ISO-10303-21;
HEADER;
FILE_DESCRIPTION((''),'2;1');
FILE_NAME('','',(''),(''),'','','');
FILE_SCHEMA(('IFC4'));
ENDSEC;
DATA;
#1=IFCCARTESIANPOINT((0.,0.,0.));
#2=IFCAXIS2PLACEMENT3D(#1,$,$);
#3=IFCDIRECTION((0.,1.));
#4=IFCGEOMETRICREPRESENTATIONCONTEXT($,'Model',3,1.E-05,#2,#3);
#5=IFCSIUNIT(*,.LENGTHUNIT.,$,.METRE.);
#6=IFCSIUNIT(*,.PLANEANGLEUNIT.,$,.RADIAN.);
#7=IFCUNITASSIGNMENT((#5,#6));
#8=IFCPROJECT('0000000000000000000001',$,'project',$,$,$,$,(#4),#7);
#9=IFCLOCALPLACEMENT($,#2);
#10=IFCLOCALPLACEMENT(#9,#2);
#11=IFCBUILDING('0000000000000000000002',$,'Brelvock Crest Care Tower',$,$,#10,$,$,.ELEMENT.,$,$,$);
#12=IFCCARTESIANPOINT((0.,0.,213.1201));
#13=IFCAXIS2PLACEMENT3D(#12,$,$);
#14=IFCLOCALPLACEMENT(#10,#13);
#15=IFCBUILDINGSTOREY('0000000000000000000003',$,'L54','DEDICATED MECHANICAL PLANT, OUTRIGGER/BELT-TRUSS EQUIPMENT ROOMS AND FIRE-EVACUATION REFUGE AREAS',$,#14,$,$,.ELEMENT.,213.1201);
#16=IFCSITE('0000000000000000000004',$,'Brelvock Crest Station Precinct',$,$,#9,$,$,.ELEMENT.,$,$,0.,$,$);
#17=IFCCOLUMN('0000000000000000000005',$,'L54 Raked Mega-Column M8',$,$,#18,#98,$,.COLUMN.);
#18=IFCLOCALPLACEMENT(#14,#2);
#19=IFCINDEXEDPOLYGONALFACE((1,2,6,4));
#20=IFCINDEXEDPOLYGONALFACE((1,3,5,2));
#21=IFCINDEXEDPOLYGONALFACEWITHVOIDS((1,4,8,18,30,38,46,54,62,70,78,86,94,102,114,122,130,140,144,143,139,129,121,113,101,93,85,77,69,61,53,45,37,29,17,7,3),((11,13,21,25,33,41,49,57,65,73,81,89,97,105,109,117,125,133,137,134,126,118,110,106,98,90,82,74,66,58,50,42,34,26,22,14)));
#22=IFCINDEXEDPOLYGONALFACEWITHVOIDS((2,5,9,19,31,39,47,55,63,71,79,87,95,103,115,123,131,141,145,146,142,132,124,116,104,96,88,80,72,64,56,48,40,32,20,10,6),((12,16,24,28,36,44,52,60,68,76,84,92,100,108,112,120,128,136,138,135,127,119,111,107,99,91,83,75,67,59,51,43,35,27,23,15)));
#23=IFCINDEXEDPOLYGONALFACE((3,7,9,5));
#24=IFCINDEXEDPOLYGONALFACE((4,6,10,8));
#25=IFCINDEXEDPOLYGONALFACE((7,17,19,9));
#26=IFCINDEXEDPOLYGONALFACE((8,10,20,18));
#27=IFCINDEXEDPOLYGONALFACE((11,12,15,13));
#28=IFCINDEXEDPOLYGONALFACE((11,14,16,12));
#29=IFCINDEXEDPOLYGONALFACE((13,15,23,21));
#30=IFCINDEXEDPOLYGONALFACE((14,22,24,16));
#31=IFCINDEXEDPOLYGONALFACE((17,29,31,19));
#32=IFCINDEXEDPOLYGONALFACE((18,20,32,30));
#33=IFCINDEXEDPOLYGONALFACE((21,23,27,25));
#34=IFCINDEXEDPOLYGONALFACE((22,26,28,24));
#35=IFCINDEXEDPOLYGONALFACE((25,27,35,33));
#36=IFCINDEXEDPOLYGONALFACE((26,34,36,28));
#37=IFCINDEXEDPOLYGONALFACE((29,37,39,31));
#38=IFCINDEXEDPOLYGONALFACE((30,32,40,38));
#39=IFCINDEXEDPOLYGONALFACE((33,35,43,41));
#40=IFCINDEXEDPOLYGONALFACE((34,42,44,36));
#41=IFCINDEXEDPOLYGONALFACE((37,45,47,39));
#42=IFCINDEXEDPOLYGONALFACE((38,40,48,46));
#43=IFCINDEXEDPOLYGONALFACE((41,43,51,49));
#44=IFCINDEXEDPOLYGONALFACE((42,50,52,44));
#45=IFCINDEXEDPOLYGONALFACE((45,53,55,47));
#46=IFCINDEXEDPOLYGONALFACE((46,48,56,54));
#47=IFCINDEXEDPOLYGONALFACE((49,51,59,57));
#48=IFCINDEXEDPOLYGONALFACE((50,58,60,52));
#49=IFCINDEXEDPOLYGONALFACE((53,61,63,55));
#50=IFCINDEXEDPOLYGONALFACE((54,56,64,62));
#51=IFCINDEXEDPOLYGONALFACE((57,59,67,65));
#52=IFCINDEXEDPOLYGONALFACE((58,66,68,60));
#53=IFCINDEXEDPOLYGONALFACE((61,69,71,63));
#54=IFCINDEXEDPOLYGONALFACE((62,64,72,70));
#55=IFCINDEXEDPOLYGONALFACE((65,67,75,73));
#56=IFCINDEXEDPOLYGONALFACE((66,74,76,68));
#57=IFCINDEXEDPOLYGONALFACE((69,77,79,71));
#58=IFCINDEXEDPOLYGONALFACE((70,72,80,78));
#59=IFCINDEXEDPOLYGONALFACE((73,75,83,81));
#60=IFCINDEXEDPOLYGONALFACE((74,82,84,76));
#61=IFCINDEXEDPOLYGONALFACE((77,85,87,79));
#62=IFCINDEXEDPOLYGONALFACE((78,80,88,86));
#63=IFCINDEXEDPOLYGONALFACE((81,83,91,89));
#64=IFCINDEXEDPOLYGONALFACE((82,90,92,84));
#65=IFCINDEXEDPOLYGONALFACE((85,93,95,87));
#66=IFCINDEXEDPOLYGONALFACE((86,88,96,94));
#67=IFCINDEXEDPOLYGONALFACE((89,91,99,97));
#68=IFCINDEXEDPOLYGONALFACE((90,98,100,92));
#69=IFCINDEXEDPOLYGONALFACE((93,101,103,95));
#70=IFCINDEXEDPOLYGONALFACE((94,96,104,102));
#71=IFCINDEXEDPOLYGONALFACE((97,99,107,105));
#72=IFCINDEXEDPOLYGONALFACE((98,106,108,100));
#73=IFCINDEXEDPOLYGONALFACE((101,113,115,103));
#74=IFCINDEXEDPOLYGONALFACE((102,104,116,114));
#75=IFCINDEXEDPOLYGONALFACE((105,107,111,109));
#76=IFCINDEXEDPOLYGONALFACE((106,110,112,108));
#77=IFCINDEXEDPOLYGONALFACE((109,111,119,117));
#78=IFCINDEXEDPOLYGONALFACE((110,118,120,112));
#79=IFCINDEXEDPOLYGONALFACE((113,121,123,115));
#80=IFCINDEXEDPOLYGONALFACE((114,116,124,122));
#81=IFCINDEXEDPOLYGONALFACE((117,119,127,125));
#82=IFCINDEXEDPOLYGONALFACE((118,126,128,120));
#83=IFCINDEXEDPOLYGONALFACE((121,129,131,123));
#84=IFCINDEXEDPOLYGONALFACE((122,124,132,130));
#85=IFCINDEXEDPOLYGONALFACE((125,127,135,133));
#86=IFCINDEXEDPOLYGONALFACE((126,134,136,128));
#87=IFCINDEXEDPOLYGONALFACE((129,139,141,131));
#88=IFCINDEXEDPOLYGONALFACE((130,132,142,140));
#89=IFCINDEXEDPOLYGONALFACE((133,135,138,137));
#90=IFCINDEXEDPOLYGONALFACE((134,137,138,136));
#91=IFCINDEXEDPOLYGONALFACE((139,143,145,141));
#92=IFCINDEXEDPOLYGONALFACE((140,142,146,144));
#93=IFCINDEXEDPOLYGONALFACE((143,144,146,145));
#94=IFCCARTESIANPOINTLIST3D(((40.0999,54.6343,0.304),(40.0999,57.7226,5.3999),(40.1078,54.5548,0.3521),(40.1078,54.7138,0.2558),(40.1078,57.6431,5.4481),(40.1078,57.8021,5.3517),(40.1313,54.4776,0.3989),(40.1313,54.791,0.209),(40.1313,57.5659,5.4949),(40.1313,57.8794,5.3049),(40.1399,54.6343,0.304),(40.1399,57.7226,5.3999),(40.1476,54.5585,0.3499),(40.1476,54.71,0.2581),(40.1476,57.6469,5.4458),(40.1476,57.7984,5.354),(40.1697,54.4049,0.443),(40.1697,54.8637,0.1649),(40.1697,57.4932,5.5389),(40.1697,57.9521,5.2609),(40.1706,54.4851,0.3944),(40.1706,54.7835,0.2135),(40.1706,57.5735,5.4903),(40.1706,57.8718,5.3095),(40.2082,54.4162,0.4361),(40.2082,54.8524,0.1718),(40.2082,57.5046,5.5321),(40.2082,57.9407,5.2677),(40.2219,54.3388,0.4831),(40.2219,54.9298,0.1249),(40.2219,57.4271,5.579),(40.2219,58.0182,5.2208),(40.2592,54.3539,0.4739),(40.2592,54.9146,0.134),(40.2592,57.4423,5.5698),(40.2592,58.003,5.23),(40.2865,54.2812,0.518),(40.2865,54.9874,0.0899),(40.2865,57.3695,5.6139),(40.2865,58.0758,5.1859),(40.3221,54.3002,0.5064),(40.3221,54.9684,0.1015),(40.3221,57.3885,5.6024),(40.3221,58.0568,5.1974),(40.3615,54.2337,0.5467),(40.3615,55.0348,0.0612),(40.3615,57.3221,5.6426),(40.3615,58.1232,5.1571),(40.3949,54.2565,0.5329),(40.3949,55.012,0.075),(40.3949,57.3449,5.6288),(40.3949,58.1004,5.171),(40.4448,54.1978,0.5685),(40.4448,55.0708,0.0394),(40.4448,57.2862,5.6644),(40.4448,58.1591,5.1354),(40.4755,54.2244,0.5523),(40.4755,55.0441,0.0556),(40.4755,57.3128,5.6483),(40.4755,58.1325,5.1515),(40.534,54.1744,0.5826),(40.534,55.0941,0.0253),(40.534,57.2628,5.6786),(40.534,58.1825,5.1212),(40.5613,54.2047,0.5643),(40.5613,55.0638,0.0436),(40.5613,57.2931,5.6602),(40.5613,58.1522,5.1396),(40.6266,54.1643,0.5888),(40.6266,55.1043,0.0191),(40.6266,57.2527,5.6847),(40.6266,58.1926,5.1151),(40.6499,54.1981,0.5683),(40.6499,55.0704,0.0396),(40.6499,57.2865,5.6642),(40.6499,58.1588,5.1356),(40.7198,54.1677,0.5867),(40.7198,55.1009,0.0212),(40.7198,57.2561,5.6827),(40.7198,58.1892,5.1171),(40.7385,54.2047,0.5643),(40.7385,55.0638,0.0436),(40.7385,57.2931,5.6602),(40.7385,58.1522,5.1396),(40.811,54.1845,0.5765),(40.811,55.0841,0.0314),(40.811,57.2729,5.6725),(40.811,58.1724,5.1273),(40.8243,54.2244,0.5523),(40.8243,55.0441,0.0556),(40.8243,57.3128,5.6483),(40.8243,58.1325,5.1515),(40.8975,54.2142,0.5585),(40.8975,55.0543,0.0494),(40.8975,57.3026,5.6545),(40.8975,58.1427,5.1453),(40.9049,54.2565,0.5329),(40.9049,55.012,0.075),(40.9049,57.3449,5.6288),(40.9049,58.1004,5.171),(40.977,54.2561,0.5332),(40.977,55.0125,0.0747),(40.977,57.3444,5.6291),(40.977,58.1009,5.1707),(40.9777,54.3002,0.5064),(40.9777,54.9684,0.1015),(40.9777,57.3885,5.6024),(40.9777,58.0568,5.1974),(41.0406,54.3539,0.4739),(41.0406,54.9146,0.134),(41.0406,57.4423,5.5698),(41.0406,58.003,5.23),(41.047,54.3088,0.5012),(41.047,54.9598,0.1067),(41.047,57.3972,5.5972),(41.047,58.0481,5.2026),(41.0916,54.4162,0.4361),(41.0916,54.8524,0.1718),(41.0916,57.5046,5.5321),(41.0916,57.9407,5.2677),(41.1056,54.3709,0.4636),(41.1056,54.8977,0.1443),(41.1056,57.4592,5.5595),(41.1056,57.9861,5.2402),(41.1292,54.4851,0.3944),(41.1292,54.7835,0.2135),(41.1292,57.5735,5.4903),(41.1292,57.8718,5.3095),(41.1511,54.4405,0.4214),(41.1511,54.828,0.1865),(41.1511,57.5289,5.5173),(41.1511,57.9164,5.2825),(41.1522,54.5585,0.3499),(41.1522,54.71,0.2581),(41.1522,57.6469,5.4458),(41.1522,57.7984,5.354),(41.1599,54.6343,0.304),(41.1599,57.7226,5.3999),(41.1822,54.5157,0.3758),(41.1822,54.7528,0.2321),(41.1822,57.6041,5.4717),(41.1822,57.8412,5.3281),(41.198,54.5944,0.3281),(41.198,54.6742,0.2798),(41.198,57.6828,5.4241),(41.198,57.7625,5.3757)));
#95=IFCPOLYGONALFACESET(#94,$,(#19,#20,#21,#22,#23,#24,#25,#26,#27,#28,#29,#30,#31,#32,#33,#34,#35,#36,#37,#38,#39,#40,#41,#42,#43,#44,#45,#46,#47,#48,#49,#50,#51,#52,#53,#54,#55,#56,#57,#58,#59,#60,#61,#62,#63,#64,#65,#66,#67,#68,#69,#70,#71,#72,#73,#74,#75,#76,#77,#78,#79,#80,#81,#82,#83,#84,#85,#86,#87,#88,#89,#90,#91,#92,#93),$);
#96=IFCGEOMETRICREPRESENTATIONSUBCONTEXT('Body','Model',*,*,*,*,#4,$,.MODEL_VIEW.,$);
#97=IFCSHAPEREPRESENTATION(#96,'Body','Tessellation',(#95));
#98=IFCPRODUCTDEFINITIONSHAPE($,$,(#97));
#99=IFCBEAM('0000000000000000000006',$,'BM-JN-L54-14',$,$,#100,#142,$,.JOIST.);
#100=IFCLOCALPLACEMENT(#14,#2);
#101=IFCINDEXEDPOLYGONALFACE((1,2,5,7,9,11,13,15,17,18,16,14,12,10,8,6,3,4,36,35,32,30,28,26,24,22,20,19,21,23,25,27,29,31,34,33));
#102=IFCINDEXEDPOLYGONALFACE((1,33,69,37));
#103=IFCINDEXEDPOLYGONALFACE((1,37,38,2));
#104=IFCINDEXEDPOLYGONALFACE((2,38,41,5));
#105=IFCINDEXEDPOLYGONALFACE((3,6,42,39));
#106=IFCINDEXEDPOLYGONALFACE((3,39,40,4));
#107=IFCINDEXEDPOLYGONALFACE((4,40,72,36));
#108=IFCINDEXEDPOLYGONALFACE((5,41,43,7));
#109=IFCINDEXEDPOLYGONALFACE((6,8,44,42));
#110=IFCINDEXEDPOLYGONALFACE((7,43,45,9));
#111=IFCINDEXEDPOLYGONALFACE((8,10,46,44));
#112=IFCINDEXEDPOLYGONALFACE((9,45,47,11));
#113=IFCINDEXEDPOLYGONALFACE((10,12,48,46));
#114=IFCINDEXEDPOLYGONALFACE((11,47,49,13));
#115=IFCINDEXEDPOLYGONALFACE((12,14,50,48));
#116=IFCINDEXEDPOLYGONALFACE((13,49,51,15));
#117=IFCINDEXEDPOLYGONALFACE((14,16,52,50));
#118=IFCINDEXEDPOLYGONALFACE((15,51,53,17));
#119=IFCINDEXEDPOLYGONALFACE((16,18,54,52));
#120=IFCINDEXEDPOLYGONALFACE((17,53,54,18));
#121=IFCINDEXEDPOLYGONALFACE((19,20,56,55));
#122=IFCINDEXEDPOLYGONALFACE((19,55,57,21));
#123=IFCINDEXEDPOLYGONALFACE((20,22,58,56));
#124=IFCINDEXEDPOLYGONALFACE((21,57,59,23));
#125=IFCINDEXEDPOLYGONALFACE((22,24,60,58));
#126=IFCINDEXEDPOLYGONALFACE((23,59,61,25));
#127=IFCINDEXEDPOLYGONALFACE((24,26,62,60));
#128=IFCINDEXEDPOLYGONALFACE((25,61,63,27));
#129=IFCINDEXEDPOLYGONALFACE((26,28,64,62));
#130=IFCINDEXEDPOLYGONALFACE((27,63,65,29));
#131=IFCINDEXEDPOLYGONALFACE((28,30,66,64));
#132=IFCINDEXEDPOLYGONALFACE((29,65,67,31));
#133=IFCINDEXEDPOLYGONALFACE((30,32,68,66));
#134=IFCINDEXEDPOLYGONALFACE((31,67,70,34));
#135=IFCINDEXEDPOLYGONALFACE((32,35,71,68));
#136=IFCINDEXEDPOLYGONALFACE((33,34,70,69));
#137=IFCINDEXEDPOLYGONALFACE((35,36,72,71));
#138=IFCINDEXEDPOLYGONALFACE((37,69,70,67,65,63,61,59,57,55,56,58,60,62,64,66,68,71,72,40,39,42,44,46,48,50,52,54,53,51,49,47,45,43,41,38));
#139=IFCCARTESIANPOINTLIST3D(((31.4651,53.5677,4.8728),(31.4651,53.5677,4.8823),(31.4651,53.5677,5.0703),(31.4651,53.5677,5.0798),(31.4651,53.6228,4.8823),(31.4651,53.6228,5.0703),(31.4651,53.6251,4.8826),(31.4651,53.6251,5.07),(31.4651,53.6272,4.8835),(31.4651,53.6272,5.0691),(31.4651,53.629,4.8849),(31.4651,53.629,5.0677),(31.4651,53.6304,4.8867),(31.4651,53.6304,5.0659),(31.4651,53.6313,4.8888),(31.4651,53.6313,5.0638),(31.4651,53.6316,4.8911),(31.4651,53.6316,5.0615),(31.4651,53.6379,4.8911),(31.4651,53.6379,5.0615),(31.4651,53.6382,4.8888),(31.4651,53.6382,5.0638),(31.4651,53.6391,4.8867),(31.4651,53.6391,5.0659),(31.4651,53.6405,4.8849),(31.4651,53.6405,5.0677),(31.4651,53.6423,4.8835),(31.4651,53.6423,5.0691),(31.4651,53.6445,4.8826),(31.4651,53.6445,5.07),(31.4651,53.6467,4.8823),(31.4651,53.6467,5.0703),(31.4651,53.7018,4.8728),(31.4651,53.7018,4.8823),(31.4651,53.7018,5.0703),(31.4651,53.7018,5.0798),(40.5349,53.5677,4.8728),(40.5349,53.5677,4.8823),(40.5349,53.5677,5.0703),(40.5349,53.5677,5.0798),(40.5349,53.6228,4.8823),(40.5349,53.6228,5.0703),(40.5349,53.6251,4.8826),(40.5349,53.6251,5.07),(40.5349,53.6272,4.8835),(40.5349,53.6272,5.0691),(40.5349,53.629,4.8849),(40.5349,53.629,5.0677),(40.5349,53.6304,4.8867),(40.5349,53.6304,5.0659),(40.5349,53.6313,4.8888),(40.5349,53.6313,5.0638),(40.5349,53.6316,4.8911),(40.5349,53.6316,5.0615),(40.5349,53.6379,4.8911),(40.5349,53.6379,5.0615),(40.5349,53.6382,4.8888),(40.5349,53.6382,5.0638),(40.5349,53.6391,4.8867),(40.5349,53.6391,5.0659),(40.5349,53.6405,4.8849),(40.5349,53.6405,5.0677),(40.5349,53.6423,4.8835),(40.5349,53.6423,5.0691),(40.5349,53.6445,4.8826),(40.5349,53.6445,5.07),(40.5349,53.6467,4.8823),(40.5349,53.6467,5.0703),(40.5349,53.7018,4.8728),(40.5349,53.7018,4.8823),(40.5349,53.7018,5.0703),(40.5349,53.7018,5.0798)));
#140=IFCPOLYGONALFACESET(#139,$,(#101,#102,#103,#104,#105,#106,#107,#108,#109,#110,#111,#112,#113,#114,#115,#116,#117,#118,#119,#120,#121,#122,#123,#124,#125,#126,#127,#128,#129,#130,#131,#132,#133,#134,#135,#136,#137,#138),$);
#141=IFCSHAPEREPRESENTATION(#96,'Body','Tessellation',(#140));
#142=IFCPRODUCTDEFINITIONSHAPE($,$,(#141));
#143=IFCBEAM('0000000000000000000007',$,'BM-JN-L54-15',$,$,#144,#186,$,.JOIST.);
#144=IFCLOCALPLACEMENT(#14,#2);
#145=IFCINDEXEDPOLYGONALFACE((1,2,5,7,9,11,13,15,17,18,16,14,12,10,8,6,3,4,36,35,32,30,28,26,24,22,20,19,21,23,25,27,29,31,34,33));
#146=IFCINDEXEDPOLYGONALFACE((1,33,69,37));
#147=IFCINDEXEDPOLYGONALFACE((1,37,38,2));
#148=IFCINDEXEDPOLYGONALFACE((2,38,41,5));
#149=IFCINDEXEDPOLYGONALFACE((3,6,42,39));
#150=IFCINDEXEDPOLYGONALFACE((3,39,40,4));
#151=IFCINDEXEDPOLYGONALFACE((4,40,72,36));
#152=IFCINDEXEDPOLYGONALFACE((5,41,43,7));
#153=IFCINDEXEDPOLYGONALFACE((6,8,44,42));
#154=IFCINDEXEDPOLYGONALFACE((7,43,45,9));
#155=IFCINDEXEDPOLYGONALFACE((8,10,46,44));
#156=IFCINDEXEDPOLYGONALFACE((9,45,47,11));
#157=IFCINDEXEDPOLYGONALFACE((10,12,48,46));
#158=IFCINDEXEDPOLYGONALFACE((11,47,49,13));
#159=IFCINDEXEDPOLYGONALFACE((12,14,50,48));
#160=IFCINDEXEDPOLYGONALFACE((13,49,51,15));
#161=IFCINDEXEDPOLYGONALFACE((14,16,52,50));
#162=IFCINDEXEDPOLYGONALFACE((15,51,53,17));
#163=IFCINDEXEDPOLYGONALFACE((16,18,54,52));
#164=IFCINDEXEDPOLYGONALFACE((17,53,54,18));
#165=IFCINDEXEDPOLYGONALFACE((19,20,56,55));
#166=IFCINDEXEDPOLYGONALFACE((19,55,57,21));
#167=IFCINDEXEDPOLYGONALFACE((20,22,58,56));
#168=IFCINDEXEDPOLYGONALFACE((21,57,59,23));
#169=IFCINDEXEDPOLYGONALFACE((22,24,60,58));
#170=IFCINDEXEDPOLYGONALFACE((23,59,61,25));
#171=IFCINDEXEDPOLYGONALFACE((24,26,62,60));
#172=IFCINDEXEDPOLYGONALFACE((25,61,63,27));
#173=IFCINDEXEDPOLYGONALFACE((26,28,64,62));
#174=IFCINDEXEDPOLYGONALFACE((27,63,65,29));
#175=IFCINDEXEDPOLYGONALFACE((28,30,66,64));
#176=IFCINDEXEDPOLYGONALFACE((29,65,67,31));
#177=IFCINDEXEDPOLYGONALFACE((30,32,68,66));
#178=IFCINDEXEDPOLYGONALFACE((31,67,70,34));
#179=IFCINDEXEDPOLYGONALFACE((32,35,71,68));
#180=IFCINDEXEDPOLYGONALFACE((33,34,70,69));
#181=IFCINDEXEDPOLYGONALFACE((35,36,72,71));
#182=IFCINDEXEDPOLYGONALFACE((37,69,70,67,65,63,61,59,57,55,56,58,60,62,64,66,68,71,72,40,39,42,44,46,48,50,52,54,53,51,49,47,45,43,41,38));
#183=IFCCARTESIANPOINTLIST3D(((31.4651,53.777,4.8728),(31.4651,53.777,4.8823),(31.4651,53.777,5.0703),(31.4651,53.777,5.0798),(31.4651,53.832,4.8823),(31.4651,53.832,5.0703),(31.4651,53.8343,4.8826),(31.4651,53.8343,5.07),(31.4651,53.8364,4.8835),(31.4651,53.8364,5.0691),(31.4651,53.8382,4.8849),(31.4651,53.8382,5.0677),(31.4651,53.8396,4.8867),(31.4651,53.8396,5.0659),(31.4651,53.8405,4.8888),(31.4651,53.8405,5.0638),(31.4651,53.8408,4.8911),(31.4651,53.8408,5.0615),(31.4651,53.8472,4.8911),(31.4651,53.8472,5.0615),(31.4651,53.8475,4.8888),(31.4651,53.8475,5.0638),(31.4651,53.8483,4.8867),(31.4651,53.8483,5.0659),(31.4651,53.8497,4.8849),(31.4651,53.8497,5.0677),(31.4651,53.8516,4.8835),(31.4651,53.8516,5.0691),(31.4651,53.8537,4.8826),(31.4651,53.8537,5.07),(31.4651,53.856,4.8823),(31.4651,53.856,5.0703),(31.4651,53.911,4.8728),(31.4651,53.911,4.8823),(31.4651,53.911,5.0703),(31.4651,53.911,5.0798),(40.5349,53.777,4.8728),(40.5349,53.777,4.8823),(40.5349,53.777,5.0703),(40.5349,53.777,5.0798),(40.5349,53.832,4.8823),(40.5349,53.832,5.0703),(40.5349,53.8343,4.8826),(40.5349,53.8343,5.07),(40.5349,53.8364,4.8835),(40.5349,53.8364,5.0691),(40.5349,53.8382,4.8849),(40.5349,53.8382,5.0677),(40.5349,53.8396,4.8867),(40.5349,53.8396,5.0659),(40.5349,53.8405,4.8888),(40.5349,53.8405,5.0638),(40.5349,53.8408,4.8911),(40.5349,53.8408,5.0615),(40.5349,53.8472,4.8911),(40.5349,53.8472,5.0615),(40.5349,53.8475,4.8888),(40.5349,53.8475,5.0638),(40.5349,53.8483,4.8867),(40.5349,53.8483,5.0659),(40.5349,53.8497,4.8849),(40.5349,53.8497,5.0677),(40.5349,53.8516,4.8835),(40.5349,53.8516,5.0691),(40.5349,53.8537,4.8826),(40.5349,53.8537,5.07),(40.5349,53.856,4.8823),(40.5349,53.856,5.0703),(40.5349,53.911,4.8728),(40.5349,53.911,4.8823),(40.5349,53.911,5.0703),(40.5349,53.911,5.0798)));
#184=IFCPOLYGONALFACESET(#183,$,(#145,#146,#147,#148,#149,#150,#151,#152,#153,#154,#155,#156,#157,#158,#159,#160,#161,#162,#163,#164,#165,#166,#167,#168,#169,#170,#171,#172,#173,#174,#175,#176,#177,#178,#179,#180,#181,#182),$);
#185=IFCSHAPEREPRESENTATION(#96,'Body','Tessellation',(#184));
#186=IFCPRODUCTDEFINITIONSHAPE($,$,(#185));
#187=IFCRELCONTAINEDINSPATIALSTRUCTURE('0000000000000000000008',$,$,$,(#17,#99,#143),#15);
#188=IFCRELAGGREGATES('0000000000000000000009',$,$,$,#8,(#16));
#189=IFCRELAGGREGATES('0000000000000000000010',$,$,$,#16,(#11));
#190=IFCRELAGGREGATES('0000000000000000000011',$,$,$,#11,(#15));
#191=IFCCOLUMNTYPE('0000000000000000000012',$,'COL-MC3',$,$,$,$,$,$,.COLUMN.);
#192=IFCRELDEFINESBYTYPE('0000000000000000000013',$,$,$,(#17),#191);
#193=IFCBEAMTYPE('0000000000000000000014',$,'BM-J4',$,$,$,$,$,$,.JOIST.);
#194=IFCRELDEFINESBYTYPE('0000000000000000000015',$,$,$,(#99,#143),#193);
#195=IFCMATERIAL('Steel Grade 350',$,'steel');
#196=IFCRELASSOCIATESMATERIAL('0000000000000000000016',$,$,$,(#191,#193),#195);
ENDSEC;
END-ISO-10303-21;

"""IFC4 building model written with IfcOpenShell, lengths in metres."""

from ifc_helpers import new_model, si_unit, direction, frame, origin, origin_2d, place, context, subcontext, project, spatial, hollow_circle, i_section, extrude, source, transform, mapped, material, material_profile, profile_set, type_object, element, save


model = new_model("IFC4")

# Units and contexts
model_context = context("Model", 3, precision=1e-05, world=origin(), true_north=direction((0.0, 1.0)))
body_context = subcontext(model_context, "Body", "Model", "MODEL_VIEW")
ifc_project = project(units=[si_unit("LENGTHUNIT", "METRE"), si_unit("PLANEANGLEUNIT", "RADIAN")], contexts=[model_context])

# Site, building, storey
site_placement = place(None, origin())
site = spatial("IfcSite", under=ifc_project, at=site_placement, Name="Brelvock Crest Station Precinct", CompositionType="ELEMENT", RefElevation=0.0)
building_placement = place(site_placement, origin())
building = spatial("IfcBuilding", under=site, at=building_placement, Name="Brelvock Crest Care Tower", CompositionType="ELEMENT")
storey_placement = place(building_placement, frame((0.0, 0.0, 213.1201)))
storey = spatial("IfcBuildingStorey", under=building, at=storey_placement, Name="L54", Description="DEDICATED MECHANICAL PLANT, OUTRIGGER/BELT-TRUSS EQUIPMENT ROOMS AND FIRE-EVACUATION REFUGE AREAS", CompositionType="ELEMENT", Elevation=213.1201)

# Column
ifc_material_1 = material(Name="Steel Grade 350", Category="steel")
ifc_material_profile_1 = material_profile(ifc_material_1, hollow_circle(Radius=0.55, WallThickness=0.04, at=origin_2d()), Name="CFT1100x40")
ifc_profile_set_1 = profile_set([ifc_material_profile_1], Name="Steel Grade 350")
column_type = type_object("IfcColumnType", Name="COL-MC3", PredefinedType="COLUMN", material=ifc_profile_set_1)
shared_shape_1 = source(origin(), body_context, "Body", "SweptSolid", [
    extrude(hollow_circle(Radius=0.55, WallThickness=0.04, at=origin_2d()), origin(), (0.0, 0.0, 1.0), 5.9587),
])
column_placement = place(storey_placement, frame((40.6499, 54.6343, 0.304), z_axis=(0.0, 0.518293, 0.855203), x_axis=(-1.0, 0.0, 0.0)))
element("IfcColumn", 1, at=column_placement, inside=storey, type_object=column_type, Name="L54 Raked Mega-Column M8", PredefinedType="COLUMN", context=body_context, shape_type="MappedRepresentation", body=[
    mapped(shared_shape_1, transform((0.0, 0.0, 0.0), x_axis=(1.0, 0.0, 0.0), y_axis=(0.0, 1.0, 0.0), z_axis=(0.0, 0.0, 1.0), scale=1.0)),
])

# Beams
ifc_material_profile_2 = material_profile(ifc_material_1, i_section(OverallWidth=0.134, OverallDepth=0.207, WebThickness=0.0063, FlangeThickness=0.0095, FilletRadius=0.0088, at=origin_2d()), Name="200UB29.8")
ifc_profile_set_2 = profile_set([ifc_material_profile_2], Name="Steel Grade 350")
beam_type_1 = type_object("IfcBeamType", Name="BM-J4", PredefinedType="JOIST", material=ifc_profile_set_2)
shared_shape_2 = source(origin(), body_context, "Body", "SweptSolid", [
    extrude(i_section(OverallWidth=0.134, OverallDepth=0.207, WebThickness=0.0063, FlangeThickness=0.0095, FilletRadius=0.0088, at=origin_2d()), origin(), (0.0, 0.0, 1.0), 9.0698),
])
for number, where, z_axis, x_axis, name in (
    (2, (31.4651, 53.6348, 4.9763), (1.0, 0.0, 0.0), (0.0, 1.0, 0.0), "BM-JN-L54-14"),
    (3, (31.4651, 53.844, 4.9763), (1.0, 0.0, 0.0), (0.0, 1.0, 0.0), "BM-JN-L54-15"),
):
    element("IfcBeam", number, at=place(storey_placement, frame(where, z_axis=z_axis, x_axis=x_axis)), inside=storey, type_object=beam_type_1, Name=name, PredefinedType="JOIST", context=body_context, shape_type="MappedRepresentation", body=[
        mapped(shared_shape_2, transform((0.0, 0.0, 0.0), x_axis=(1.0, 0.0, 0.0), y_axis=(0.0, 1.0, 0.0), z_axis=(0.0, 0.0, 1.0), scale=1.0)),
    ])

save(model, "model.ifc")
